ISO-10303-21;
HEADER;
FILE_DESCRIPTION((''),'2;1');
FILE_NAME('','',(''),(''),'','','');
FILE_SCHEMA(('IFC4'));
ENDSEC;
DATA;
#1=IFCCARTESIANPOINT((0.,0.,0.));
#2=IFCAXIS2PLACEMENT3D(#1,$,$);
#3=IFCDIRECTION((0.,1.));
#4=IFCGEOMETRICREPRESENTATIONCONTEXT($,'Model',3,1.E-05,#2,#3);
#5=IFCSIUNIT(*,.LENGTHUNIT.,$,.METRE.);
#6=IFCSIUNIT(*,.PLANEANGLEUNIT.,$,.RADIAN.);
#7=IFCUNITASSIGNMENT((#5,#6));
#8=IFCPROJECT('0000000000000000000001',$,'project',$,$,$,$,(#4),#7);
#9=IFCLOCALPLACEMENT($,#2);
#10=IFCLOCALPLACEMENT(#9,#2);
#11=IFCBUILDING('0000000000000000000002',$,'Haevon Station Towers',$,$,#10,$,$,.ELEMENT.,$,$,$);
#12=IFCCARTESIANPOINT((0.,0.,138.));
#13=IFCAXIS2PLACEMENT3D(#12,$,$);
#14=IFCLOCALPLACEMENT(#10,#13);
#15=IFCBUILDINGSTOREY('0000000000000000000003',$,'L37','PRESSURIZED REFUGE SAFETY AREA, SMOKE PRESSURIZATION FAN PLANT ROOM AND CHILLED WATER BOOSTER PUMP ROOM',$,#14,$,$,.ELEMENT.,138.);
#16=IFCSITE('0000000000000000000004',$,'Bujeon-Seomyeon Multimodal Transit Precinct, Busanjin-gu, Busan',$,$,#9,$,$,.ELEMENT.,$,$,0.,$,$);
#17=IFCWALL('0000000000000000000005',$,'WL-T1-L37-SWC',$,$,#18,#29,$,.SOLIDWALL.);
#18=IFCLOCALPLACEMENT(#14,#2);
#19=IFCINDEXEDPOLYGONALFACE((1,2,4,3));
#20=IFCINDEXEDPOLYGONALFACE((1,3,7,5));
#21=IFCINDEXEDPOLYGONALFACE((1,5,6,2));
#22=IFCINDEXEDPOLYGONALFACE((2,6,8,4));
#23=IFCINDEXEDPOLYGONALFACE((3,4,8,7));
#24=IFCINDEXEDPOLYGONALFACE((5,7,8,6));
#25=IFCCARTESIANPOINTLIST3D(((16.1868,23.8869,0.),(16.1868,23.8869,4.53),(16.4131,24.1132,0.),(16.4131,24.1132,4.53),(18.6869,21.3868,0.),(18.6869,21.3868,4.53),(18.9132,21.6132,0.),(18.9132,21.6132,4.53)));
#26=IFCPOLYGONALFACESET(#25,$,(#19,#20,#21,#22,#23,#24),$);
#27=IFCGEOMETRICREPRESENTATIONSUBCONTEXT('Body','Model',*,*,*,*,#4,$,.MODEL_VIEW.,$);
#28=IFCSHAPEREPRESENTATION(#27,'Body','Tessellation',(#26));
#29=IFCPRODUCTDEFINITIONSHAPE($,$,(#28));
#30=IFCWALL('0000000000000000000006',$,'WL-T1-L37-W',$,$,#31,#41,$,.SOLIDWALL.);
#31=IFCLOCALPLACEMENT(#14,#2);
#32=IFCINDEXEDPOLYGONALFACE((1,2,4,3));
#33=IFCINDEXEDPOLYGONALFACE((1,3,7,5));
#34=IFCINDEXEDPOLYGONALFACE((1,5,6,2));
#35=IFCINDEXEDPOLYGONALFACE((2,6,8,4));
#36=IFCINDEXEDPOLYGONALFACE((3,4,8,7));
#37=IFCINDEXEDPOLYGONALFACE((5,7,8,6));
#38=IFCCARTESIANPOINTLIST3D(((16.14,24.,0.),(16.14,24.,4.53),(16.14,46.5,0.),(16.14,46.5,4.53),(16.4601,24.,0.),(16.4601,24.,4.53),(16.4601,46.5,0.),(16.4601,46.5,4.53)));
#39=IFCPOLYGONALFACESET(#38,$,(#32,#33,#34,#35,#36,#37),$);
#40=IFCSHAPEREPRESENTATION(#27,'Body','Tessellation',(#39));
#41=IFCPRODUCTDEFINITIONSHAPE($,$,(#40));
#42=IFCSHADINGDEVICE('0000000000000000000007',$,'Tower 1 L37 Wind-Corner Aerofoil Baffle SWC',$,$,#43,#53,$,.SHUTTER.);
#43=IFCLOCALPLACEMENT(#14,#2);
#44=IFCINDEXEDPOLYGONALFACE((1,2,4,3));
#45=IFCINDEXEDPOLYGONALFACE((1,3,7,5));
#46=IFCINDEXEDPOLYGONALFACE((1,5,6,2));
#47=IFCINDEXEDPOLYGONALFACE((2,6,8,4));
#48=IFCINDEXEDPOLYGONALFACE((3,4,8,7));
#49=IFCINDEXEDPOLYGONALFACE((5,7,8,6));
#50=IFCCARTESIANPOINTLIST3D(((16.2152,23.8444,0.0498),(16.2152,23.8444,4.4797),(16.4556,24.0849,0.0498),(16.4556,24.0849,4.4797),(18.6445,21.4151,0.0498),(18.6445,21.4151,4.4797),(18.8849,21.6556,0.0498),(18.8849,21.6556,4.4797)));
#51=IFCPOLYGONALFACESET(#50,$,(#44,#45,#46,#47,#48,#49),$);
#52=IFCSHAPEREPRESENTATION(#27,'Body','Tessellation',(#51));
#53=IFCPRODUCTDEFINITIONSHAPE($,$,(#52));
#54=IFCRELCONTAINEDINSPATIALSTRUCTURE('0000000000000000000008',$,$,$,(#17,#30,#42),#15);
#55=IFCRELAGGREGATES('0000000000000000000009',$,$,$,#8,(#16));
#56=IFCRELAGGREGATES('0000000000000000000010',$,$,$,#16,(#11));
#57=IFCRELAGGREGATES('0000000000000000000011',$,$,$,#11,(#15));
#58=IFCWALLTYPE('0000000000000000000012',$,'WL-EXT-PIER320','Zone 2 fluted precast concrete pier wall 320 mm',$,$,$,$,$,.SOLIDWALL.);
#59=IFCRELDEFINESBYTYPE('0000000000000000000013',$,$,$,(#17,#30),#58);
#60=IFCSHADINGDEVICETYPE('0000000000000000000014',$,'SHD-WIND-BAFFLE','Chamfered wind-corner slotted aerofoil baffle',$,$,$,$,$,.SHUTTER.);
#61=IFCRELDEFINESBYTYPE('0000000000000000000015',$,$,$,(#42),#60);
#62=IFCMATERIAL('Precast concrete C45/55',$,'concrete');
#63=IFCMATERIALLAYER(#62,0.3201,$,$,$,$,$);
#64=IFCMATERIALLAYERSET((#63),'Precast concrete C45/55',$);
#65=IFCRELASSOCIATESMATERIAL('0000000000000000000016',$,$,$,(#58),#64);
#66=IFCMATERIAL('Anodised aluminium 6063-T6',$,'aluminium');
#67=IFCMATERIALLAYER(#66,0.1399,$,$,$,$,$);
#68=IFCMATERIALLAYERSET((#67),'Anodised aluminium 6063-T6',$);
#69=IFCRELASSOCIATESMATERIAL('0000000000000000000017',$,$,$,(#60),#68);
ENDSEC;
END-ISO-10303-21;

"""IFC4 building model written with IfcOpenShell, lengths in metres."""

from ifc_helpers import new_model, si_unit, direction, frame, frame_2d, origin, origin_2d, place, context, subcontext, project, spatial, rectangle, extrude, material, layer, layer_set, type_object, element, save


model = new_model("IFC4")

# Units and contexts
model_context = context("Model", 3, precision=1e-05, world=origin(), true_north=direction((0.0, 1.0)))
body_context = subcontext(model_context, "Body", "Model", "MODEL_VIEW")
ifc_project = project(units=[si_unit("LENGTHUNIT", "METRE"), si_unit("PLANEANGLEUNIT", "RADIAN")], contexts=[model_context])

# Site, building, storey
site_placement = place(None, origin())
site = spatial("IfcSite", under=ifc_project, at=site_placement, Name="Bujeon-Seomyeon Multimodal Transit Precinct, Busanjin-gu, Busan", CompositionType="ELEMENT", RefElevation=0.0)
building_placement = place(site_placement, origin())
building = spatial("IfcBuilding", under=site, at=building_placement, Name="Haevon Station Towers", CompositionType="ELEMENT")
storey_placement = place(building_placement, frame((0.0, 0.0, 138.0)))
storey = spatial("IfcBuildingStorey", under=building, at=storey_placement, Name="L37", Description="PRESSURIZED REFUGE SAFETY AREA, SMOKE PRESSURIZATION FAN PLANT ROOM AND CHILLED WATER BOOSTER PUMP ROOM", CompositionType="ELEMENT", Elevation=138.0)

# Walls
ifc_material_1 = material(Name="Precast concrete C45/55", Category="concrete")
ifc_layer_1 = layer(ifc_material_1, 0.3201)
ifc_layer_set_1 = layer_set([ifc_layer_1], Name="Precast concrete C45/55")
wall_type = type_object("IfcWallType", Name="WL-EXT-PIER320", Description="Zone 2 fluted precast concrete pier wall 320 mm", PredefinedType="SOLIDWALL", material=ifc_layer_set_1)
wall_1_placement = place(storey_placement, frame((18.8, 21.5, 0.0), z_axis=(0.0, 0.0, 1.0), x_axis=(-0.707107, 0.707107, 0.0)))
element("IfcWall", 1, at=wall_1_placement, inside=storey, type_object=wall_type, Name="WL-T1-L37-SWC", PredefinedType="SOLIDWALL", context=body_context, shape_type="SweptSolid", body=[
    extrude(rectangle(XDim=3.5356, YDim=0.3201, at=frame_2d((1.7678, 0.0))), origin(), (0.0, 0.0, 1.0), 4.53),
])
wall_2_placement = place(storey_placement, frame((16.3, 24.0, 0.0), z_axis=(0.0, 0.0, 1.0), x_axis=(0.0, 1.0, 0.0)))
element("IfcWall", 2, at=wall_2_placement, inside=storey, type_object=wall_type, Name="WL-T1-L37-W", PredefinedType="SOLIDWALL", context=body_context, shape_type="SweptSolid", body=[
    extrude(rectangle(XDim=22.5, YDim=0.3201, at=frame_2d((11.25, 0.0))), origin(), (0.0, 0.0, 1.0), 4.53),
])

# Shading device
ifc_material_2 = material(Name="Anodised aluminium 6063-T6", Category="aluminium")
ifc_layer_2 = layer(ifc_material_2, 0.1399)
ifc_layer_set_2 = layer_set([ifc_layer_2], Name="Anodised aluminium 6063-T6")
shading_device_type = type_object("IfcShadingDeviceType", Name="SHD-WIND-BAFFLE", Description="Chamfered wind-corner slotted aerofoil baffle", PredefinedType="SHUTTER", material=ifc_layer_set_2)
shading_device_placement = place(storey_placement, frame((17.55, 22.75, 0.0498), z_axis=(0.0, 0.0, 1.0), x_axis=(-0.707107, 0.707107, 0.0)))
element("IfcShadingDevice", 3, at=shading_device_placement, inside=storey, type_object=shading_device_type, Name="Tower 1 L37 Wind-Corner Aerofoil Baffle SWC", PredefinedType="SHUTTER", context=body_context, shape_type="SweptSolid", body=[
    extrude(rectangle(XDim=3.4355, YDim=0.3401, at=origin_2d()), origin(), (0.0, 0.0, 1.0), 4.4299),
])

save(model, "model.ifc")
